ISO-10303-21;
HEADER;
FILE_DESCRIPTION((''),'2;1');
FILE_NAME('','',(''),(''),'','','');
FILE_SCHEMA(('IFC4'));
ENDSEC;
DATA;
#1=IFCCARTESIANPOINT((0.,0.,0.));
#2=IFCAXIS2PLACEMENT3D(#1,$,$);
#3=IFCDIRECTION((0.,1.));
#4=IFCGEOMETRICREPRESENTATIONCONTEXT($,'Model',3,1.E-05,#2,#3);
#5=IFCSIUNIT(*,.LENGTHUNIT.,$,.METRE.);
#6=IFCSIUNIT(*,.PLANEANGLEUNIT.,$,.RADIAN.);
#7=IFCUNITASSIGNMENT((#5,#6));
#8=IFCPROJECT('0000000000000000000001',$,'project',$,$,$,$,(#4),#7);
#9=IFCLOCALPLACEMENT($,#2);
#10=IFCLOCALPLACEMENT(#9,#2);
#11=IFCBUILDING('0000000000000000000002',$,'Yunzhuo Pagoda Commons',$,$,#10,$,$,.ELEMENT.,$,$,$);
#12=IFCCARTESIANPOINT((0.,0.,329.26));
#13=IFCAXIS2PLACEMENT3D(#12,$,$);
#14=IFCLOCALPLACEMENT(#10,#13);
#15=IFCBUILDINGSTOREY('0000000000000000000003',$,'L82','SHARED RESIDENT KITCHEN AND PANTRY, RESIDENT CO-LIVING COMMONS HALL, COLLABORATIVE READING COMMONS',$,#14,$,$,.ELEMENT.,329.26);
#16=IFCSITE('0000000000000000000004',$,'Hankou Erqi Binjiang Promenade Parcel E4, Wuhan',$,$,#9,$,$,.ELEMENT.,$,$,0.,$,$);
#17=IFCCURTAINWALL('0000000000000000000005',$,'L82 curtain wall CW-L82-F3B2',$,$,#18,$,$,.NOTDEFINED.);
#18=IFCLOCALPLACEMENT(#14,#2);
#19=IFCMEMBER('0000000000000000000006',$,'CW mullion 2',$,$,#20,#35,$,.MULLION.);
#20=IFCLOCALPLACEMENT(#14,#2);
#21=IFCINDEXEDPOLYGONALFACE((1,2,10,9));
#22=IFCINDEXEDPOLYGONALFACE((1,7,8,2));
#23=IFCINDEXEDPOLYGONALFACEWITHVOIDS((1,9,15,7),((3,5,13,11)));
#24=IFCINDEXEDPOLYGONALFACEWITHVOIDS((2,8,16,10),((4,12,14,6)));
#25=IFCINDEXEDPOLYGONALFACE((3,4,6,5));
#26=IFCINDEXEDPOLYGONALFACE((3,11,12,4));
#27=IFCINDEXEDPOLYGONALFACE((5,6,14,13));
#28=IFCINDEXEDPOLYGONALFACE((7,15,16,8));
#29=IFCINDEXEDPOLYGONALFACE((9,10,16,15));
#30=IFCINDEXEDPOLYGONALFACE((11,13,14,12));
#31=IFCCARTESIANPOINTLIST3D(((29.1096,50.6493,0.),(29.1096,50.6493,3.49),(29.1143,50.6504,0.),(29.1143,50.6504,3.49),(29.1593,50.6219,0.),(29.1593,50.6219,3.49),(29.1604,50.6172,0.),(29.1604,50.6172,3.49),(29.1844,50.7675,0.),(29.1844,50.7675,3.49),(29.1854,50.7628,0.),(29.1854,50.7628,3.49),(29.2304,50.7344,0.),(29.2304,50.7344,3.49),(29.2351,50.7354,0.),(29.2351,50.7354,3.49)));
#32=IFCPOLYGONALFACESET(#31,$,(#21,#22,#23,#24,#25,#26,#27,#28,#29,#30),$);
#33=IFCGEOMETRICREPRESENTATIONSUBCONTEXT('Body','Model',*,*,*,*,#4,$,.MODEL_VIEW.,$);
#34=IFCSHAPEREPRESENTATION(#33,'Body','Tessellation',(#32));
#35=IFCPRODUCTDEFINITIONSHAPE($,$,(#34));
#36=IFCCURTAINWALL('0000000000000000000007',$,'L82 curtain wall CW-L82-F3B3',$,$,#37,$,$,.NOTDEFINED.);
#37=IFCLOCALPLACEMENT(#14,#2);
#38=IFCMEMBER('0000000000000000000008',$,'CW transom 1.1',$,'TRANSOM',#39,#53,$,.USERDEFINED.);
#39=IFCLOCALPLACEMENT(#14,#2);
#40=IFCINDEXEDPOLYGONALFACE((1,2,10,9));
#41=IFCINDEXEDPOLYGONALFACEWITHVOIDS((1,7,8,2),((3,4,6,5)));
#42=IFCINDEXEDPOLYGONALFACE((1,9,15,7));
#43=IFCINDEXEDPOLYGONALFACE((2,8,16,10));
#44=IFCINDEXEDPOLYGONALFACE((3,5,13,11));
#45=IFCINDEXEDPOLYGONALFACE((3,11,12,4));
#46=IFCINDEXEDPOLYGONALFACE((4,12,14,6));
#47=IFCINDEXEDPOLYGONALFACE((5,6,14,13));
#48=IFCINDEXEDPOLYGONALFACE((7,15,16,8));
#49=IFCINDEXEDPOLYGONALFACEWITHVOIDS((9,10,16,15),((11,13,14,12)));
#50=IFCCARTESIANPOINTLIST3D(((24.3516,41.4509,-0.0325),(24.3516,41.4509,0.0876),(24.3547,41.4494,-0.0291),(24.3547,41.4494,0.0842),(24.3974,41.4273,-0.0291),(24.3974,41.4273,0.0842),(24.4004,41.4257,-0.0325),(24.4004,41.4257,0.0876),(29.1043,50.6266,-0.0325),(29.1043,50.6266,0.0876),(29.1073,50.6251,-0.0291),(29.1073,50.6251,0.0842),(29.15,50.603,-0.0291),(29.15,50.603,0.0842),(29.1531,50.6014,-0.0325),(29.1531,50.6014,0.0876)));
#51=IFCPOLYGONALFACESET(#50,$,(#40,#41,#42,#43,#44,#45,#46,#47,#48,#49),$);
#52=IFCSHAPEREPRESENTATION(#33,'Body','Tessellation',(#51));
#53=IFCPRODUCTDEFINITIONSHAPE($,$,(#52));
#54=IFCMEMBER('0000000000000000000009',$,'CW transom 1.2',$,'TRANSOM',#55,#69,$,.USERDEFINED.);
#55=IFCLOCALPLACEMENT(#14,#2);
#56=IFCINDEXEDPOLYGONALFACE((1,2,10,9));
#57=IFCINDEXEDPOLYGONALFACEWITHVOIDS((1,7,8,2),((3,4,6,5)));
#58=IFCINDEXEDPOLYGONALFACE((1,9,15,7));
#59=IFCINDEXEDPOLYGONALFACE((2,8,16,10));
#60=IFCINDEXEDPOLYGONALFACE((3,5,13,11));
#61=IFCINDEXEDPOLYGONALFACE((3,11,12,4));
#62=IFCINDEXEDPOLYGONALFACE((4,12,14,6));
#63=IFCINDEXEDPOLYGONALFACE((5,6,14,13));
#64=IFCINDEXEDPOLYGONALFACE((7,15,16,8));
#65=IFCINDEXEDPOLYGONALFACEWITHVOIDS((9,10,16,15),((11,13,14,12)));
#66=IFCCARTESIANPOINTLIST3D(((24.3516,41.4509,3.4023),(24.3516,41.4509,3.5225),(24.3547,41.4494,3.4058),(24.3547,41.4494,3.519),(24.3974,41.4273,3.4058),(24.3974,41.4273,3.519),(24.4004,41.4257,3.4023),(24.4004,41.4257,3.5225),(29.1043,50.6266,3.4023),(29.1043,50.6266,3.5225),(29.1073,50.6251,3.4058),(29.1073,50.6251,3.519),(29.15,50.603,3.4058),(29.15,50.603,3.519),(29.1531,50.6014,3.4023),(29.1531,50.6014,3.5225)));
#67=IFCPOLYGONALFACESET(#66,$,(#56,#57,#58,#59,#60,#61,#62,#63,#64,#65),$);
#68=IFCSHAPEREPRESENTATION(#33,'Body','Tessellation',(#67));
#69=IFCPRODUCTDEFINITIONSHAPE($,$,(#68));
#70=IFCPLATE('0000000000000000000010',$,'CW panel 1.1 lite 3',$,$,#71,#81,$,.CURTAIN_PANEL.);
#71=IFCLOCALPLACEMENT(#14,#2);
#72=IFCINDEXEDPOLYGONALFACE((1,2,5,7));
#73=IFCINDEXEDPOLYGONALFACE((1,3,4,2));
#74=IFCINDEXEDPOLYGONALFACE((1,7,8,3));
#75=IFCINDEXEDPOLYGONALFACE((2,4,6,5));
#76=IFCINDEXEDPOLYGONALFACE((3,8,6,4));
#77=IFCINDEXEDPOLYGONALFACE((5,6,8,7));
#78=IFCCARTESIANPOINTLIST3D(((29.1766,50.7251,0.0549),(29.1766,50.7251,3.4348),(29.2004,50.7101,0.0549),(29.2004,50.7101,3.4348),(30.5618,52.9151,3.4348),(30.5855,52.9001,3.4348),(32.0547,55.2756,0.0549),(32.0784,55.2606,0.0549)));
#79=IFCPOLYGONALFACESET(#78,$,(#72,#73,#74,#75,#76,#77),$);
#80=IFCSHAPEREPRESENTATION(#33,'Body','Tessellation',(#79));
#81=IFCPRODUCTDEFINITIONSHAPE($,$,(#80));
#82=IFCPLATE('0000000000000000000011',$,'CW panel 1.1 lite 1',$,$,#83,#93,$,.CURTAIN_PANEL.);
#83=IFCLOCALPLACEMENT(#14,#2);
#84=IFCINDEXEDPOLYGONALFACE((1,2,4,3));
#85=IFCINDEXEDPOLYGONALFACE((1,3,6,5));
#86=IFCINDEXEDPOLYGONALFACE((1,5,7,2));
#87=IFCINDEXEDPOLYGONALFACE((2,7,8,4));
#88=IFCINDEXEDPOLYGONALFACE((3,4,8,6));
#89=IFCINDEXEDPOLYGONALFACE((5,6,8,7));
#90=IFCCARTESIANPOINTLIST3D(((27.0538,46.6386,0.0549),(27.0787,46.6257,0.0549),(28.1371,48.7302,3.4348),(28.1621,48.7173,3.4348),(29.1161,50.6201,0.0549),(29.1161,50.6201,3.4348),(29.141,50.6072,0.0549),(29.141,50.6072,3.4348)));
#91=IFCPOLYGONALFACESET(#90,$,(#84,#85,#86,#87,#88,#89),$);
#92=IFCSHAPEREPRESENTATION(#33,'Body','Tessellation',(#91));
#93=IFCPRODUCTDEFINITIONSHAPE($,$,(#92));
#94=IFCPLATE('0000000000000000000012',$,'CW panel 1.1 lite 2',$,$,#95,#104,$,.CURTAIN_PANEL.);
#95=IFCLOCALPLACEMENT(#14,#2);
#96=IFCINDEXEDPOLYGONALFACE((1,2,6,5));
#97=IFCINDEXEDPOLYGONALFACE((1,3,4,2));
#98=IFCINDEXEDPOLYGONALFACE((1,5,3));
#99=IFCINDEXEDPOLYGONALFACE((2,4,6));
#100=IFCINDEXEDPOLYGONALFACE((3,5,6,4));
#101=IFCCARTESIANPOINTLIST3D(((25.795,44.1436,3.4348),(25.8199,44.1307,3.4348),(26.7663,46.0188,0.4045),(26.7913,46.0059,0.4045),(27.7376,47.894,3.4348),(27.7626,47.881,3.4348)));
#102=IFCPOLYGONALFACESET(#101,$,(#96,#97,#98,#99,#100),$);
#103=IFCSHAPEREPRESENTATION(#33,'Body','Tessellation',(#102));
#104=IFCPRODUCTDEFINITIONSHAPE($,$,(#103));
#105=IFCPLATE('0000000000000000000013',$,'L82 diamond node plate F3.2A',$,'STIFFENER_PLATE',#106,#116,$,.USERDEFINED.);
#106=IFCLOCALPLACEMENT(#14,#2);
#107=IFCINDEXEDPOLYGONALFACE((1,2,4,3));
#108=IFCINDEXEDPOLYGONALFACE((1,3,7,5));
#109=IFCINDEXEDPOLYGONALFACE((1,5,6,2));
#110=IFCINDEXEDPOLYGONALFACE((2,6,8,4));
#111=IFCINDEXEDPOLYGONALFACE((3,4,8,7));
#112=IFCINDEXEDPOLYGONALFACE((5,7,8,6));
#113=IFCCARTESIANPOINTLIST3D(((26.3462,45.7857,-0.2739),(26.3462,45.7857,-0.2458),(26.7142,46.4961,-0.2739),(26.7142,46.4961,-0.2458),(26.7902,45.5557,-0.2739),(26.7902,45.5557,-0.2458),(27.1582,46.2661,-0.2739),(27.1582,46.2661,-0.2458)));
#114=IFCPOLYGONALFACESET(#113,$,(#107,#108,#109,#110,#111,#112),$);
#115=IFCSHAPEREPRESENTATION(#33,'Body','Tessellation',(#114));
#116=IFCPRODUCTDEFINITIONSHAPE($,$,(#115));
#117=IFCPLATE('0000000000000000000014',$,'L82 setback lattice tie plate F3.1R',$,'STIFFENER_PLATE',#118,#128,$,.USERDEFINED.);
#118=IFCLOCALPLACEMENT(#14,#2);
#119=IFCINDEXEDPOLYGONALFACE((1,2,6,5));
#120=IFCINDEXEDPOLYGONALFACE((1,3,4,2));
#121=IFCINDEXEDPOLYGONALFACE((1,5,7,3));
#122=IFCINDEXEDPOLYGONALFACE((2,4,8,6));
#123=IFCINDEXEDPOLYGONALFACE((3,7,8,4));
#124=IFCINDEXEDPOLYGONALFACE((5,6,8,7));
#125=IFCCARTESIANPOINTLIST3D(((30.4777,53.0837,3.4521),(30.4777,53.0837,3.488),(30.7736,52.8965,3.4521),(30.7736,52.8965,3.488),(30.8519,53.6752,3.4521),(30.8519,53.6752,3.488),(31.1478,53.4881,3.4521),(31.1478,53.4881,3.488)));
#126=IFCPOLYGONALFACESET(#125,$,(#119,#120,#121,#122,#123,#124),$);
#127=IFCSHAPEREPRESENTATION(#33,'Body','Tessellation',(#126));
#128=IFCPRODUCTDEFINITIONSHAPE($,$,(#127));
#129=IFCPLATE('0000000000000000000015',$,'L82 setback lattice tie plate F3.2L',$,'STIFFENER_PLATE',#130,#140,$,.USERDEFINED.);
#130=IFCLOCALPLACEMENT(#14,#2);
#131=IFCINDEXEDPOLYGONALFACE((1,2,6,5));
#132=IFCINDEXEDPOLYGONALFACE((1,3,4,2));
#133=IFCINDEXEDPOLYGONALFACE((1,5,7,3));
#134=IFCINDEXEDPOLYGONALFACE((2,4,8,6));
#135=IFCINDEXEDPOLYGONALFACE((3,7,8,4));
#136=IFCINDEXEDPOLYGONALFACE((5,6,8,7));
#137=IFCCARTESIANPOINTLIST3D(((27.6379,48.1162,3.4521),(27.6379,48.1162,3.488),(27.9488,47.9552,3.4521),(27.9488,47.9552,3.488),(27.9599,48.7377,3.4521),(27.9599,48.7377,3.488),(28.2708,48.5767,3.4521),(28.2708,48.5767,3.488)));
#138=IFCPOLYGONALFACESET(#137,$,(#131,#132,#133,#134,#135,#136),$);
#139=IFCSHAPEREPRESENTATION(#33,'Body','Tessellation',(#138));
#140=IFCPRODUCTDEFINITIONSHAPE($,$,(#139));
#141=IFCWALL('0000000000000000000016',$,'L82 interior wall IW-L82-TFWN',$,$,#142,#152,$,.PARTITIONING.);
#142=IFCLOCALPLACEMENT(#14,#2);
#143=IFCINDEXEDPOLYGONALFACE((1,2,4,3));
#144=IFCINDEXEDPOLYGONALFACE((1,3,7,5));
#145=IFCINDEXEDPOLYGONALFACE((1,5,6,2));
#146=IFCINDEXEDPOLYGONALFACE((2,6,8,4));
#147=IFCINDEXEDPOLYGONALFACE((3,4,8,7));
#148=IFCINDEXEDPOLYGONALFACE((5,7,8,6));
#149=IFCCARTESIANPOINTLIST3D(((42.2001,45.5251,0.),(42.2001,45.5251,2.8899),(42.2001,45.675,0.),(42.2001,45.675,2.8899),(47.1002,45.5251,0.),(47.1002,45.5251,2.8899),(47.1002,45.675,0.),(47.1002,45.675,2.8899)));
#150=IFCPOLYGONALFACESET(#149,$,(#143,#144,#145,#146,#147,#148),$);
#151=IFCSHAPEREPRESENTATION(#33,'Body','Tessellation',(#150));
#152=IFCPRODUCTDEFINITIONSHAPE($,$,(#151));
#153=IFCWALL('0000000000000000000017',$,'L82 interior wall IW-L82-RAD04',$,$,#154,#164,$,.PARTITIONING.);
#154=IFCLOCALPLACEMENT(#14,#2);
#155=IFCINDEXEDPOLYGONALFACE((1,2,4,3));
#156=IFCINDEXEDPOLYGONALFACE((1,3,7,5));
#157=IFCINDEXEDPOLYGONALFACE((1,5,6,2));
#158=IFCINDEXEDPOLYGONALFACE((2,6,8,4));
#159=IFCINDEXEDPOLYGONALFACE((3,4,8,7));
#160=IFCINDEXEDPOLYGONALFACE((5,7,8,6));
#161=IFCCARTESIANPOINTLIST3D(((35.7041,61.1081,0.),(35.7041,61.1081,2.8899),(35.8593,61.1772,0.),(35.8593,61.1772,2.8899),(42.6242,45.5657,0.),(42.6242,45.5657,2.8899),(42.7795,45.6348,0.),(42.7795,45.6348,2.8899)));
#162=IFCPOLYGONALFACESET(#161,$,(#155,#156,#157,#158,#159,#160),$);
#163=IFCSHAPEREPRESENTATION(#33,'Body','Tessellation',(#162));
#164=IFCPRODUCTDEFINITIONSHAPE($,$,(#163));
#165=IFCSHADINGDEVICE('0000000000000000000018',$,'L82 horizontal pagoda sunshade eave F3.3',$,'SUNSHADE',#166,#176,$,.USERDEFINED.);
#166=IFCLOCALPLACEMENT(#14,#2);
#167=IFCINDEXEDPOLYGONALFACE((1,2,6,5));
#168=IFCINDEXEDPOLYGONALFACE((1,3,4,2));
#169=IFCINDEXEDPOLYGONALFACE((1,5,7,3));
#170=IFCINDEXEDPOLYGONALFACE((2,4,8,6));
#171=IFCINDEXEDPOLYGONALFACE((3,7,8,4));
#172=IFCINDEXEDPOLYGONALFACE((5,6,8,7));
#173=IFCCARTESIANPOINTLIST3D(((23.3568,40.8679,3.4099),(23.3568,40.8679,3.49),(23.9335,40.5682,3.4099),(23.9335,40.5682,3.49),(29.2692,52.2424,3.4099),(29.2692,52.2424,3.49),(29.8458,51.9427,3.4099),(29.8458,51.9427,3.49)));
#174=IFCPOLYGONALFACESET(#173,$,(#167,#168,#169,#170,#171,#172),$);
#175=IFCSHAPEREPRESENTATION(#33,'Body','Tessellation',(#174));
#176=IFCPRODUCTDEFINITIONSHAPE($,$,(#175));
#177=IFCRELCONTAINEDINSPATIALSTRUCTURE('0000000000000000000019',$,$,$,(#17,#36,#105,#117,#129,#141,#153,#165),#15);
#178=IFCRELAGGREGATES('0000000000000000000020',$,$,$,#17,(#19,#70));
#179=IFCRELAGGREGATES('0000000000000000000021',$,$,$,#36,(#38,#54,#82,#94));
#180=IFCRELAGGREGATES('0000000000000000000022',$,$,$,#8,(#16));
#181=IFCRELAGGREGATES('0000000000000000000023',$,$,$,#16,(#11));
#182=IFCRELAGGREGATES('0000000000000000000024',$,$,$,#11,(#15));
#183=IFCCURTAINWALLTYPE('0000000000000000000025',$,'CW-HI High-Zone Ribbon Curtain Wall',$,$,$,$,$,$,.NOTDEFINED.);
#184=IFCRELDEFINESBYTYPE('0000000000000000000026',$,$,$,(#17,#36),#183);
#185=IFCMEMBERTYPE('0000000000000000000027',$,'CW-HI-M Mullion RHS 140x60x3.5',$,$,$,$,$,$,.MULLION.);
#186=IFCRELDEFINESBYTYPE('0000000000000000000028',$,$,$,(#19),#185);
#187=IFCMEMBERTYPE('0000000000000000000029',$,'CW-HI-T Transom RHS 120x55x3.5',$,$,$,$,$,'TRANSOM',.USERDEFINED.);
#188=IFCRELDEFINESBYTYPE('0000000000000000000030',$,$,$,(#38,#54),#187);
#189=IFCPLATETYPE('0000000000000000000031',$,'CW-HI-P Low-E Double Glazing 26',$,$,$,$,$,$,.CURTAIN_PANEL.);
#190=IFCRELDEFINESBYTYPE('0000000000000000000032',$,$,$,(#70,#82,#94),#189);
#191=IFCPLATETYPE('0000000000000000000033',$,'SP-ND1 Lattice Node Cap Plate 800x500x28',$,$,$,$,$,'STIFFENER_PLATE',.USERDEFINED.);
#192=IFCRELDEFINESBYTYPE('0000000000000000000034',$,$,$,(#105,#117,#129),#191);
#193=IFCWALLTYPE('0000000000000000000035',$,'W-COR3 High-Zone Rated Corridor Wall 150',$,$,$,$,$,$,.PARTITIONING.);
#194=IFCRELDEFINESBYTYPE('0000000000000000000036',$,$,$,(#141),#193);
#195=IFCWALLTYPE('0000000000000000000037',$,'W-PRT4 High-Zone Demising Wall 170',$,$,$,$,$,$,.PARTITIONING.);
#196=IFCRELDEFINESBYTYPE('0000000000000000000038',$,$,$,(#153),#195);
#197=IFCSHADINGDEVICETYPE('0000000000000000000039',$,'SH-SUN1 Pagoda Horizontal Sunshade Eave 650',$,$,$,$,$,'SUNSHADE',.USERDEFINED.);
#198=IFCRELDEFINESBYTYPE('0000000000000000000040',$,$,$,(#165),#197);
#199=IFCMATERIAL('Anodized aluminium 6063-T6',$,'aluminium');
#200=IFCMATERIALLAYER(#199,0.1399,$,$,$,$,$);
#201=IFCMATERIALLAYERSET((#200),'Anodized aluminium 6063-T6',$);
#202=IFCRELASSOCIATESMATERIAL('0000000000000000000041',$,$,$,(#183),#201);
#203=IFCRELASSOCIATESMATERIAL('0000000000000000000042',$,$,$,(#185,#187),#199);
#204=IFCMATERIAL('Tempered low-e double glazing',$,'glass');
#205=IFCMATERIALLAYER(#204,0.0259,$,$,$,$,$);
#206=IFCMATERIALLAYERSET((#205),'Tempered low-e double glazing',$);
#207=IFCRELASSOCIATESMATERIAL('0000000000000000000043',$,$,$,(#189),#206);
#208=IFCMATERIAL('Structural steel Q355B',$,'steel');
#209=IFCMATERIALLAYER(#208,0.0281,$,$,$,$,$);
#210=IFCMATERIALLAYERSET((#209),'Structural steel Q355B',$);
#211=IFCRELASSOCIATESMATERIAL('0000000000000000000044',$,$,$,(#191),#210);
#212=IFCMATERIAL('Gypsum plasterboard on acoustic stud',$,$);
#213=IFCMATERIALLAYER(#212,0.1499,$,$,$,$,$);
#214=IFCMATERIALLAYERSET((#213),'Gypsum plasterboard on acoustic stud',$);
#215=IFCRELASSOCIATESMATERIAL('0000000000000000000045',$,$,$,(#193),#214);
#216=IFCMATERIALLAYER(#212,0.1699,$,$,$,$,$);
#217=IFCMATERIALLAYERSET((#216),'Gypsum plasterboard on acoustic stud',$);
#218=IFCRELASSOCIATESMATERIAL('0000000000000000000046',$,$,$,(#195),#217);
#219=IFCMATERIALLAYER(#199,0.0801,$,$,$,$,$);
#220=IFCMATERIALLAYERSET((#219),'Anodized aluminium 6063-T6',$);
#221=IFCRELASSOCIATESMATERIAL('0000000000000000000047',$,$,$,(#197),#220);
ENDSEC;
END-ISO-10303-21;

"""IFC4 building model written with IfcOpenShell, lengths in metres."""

from ifc_helpers import new_model, si_unit, direction, frame, frame_2d, origin, origin_2d, place, context, subcontext, project, spatial, polyline, rectangle, hollow_rectangle, outline, extrude, source, transform, mapped, material, layer, layer_set, material_profile, profile_set, type_object, element, aggregate, save


model = new_model("IFC4")

# Units and contexts
model_context = context("Model", 3, precision=1e-05, world=origin(), true_north=direction((0.0, 1.0)))
body_context = subcontext(model_context, "Body", "Model", "MODEL_VIEW")
ifc_project = project(units=[si_unit("LENGTHUNIT", "METRE"), si_unit("PLANEANGLEUNIT", "RADIAN")], contexts=[model_context])

# Site, building, storey
site_placement = place(None, origin())
site = spatial("IfcSite", under=ifc_project, at=site_placement, Name="Hankou Erqi Binjiang Promenade Parcel E4, Wuhan", CompositionType="ELEMENT", RefElevation=0.0)
building_placement = place(site_placement, origin())
building = spatial("IfcBuilding", under=site, at=building_placement, Name="Yunzhuo Pagoda Commons", CompositionType="ELEMENT")
storey_placement = place(building_placement, frame((0.0, 0.0, 329.26)))
storey = spatial("IfcBuildingStorey", under=building, at=storey_placement, Name="L82", Description="SHARED RESIDENT KITCHEN AND PANTRY, RESIDENT CO-LIVING COMMONS HALL, COLLABORATIVE READING COMMONS", CompositionType="ELEMENT", Elevation=329.26)

# Shared definitions
ifc_material_1 = material(Name="Structural steel Q355B", Category="steel")

# Curtain wall, member
ifc_material_2 = material(Name="Anodized aluminium 6063-T6", Category="aluminium")
ifc_layer_1 = layer(ifc_material_2, 0.1399)
ifc_layer_set_1 = layer_set([ifc_layer_1], Name="Anodized aluminium 6063-T6")
curtain_wall_type = type_object("IfcCurtainWallType", Name="CW-HI High-Zone Ribbon Curtain Wall", PredefinedType="NOTDEFINED", material=ifc_layer_set_1)
curtain_wall_1_placement = place(storey_placement, origin())
curtain_wall_1 = element("IfcCurtainWall", 1, at=curtain_wall_1_placement, inside=storey, type_object=curtain_wall_type, Name="L82 curtain wall CW-L82-F3B2", PredefinedType="NOTDEFINED")
ifc_material_profile_1 = material_profile(ifc_material_2, hollow_rectangle(XDim=0.0601, YDim=0.1399, WallThickness=0.0034, at=origin_2d()), Name="Anodized aluminium 6063-T6")
ifc_profile_set_1 = profile_set([ifc_material_profile_1], Name="Anodized aluminium 6063-T6")
member_type_1 = type_object("IfcMemberType", Name="CW-HI-M Mullion RHS 140x60x3.5", PredefinedType="MULLION", material=ifc_profile_set_1)
shared_shape_1 = source(origin(), body_context, "Body", "SweptSolid", [
    extrude(hollow_rectangle(XDim=0.0601, YDim=0.1399, WallThickness=0.0034, at=origin_2d()), origin(), (0.0, 0.0, 1.0), 3.49),
])
member_1_placement = place(storey_placement, frame((29.1724, 50.6924, 0.0), z_axis=(0.0, 0.0, 1.0), x_axis=(0.845149, -0.534531, 0.0)))
member_1 = element("IfcMember", 2, at=member_1_placement, type_object=member_type_1, Name="CW mullion 2", PredefinedType="MULLION", context=body_context, shape_type="MappedRepresentation", body=[
    mapped(shared_shape_1, transform((0.0, 0.0, 0.0), scale=1.0)),
])

# Curtain wall, members
curtain_wall_2_placement = place(storey_placement, origin())
curtain_wall_2 = element("IfcCurtainWall", 3, at=curtain_wall_2_placement, inside=storey, type_object=curtain_wall_type, Name="L82 curtain wall CW-L82-F3B3", PredefinedType="NOTDEFINED")
ifc_material_profile_2 = material_profile(ifc_material_2, hollow_rectangle(XDim=0.0549, YDim=0.1201, WallThickness=0.0034, at=origin_2d()), Name="Anodized aluminium 6063-T6")
ifc_profile_set_2 = profile_set([ifc_material_profile_2], Name="Anodized aluminium 6063-T6")
member_type_2 = type_object("IfcMemberType", Name="CW-HI-T Transom RHS 120x55x3.5", ElementType="TRANSOM", PredefinedType="USERDEFINED", material=ifc_profile_set_2)
shared_shape_2 = source(origin(), body_context, "Body", "SweptSolid", [
    extrude(hollow_rectangle(XDim=0.0549, YDim=0.1201, WallThickness=0.0034, at=origin_2d()), origin(), (0.0, 0.0, 1.0), 10.3335),
])
member_2_placement = place(storey_placement, frame((29.1287, 50.614, 0.0276), z_axis=(-0.459926, -0.887957, 0.0), x_axis=(0.887957, -0.459926, 0.0)))
member_2 = element("IfcMember", 4, at=member_2_placement, type_object=member_type_2, Name="CW transom 1.1", ObjectType="TRANSOM", PredefinedType="USERDEFINED", context=body_context, shape_type="MappedRepresentation", body=[
    mapped(shared_shape_2, transform((0.0, 0.0, 0.0), scale=1.0)),
])
member_3_placement = place(storey_placement, frame((29.1287, 50.614, 3.4624), z_axis=(-0.459926, -0.887957, 0.0), x_axis=(0.887957, -0.459926, 0.0)))
member_3 = element("IfcMember", 5, at=member_3_placement, type_object=member_type_2, Name="CW transom 1.2", ObjectType="TRANSOM", PredefinedType="USERDEFINED", context=body_context, shape_type="MappedRepresentation", body=[
    mapped(shared_shape_2, transform((0.0, 0.0, 0.0), scale=1.0)),
])

# Plates
ifc_material_3 = material(Name="Tempered low-e double glazing", Category="glass")
ifc_layer_2 = layer(ifc_material_3, 0.0259)
ifc_layer_set_2 = layer_set([ifc_layer_2], Name="Tempered low-e double glazing")
plate_type_1 = type_object("IfcPlateType", Name="CW-HI-P Low-E Double Glazing 26", PredefinedType="CURTAIN_PANEL", material=ifc_layer_set_2)
plate_1_placement = place(storey_placement, frame((30.6394, 52.9854, 1.7449), z_axis=(-0.845149, 0.534531, 0.0), x_axis=(-0.534531, -0.845149, 0.0)))
plate_1 = element("IfcPlate", 6, at=plate_1_placement, type_object=plate_type_1, Name="CW panel 1.1 lite 3", PredefinedType="CURTAIN_PANEL", context=body_context, shape_type="SweptSolid", body=[
    extrude(outline(polyline([(-2.6921, -1.6899), (2.6921, -1.6899), (2.6921, 1.6899), (0.1008, 1.6899), (-2.6921, -1.6899)])), origin(), (0.0, 0.0, 1.0), 0.0281),
])
aggregate(curtain_wall_1, [member_1, plate_1])
plate_2_placement = place(storey_placement, frame((28.1099, 48.6165, 1.7449), z_axis=(-0.887948, 0.459945, 0.0), x_axis=(-0.459945, -0.887948, 0.0)))
plate_2 = element("IfcPlate", 7, at=plate_2_placement, type_object=plate_type_1, Name="CW panel 1.1 lite 1", PredefinedType="CURTAIN_PANEL", context=body_context, shape_type="SweptSolid", body=[
    extrude(outline(polyline([(-2.2419, -1.6899), (2.2419, -1.6899), (-0.1135, 1.6899), (-2.2419, 1.6899), (-2.2419, -1.6899)])), origin(), (0.0, 0.0, 1.0), 0.0281),
])
plate_3_placement = place(storey_placement, frame((26.7913, 46.0059, 1.9197), z_axis=(-0.887948, 0.459945, 0.0), x_axis=(-0.459945, -0.887948, 0.0)))
plate_3 = element("IfcPlate", 8, at=plate_3_placement, type_object=plate_type_1, Name="CW panel 1.1 lite 2", PredefinedType="CURTAIN_PANEL", context=body_context, shape_type="SweptSolid", body=[
    extrude(outline(polyline([(-2.1118, 1.5151), (0.0, -1.5151), (2.1118, 1.5151), (-2.1118, 1.5151)])), origin(), (0.0, 0.0, 1.0), 0.0281),
])
aggregate(curtain_wall_2, [member_2, member_3, plate_2, plate_3])

# Plates
ifc_layer_3 = layer(ifc_material_1, 0.0281)
ifc_layer_set_3 = layer_set([ifc_layer_3], Name="Structural steel Q355B")
plate_type_2 = type_object("IfcPlateType", Name="SP-ND1 Lattice Node Cap Plate 800x500x28", ElementType="STIFFENER_PLATE", PredefinedType="USERDEFINED", material=ifc_layer_set_3)
shared_shape_3 = source(origin(), body_context, "Body", "SweptSolid", [
    extrude(rectangle(XDim=0.8, YDim=0.5, at=origin_2d()), origin(), (0.0, 0.0, 1.0), 0.0281),
])
plate_4_placement = place(storey_placement, frame((26.7522, 46.0259, -0.2739), z_axis=(0.0, 0.0, 1.0), x_axis=(-0.459952, -0.887944, 0.0)))
element("IfcPlate", 9, at=plate_4_placement, inside=storey, type_object=plate_type_2, Name="L82 diamond node plate F3.2A", ObjectType="STIFFENER_PLATE", PredefinedType="USERDEFINED", context=body_context, shape_type="MappedRepresentation", body=[
    mapped(shared_shape_3, transform((0.0, 0.0, 0.0), scale=1.0)),
])
shared_shape_4 = source(origin(), body_context, "Body", "SweptSolid", [
    extrude(rectangle(XDim=0.7, YDim=0.3501, at=origin_2d()), origin(), (0.0, 0.0, 1.0), 0.0359),
])
for number, where, z_axis, x_axis, name in (
    (10, (30.8127, 53.2859, 3.4521), (0.0, 0.0, 1.0), (-0.534529, -0.84515, 0.0), "L82 setback lattice tie plate F3.1R"),
    (11, (27.9543, 48.3464, 3.4521), (0.0, 0.0, 1.0), (-0.459952, -0.887944, 0.0), "L82 setback lattice tie plate F3.2L"),
):
    element("IfcPlate", number, at=place(storey_placement, frame(where, z_axis=z_axis, x_axis=x_axis)), inside=storey, type_object=plate_type_2, Name=name, ObjectType="STIFFENER_PLATE", PredefinedType="USERDEFINED", context=body_context, shape_type="MappedRepresentation", body=[
        mapped(shared_shape_4, transform((0.0, 0.0, 0.0), scale=1.0)),
    ])

# Walls
ifc_material_4 = material(Name="Gypsum plasterboard on acoustic stud")
ifc_layer_4 = layer(ifc_material_4, 0.1499)
ifc_layer_set_4 = layer_set([ifc_layer_4], Name="Gypsum plasterboard on acoustic stud")
wall_type_1 = type_object("IfcWallType", Name="W-COR3 High-Zone Rated Corridor Wall 150", PredefinedType="PARTITIONING", material=ifc_layer_set_4)
wall_1_placement = place(storey_placement, frame((42.2, 45.6001, 0.0), z_axis=(0.0, 0.0, 1.0), x_axis=(1.0, 0.0, 0.0)))
element("IfcWall", 12, at=wall_1_placement, inside=storey, type_object=wall_type_1, Name="L82 interior wall IW-L82-TFWN", PredefinedType="PARTITIONING", context=body_context, shape_type="SweptSolid", body=[
    extrude(rectangle(XDim=4.9001, YDim=0.1499, at=frame_2d((2.4502, 0.0))), origin(), (0.0, 0.0, 1.0), 2.8899),
])
ifc_layer_5 = layer(ifc_material_4, 0.1699)
ifc_layer_set_5 = layer_set([ifc_layer_5], Name="Gypsum plasterboard on acoustic stud")
wall_type_2 = type_object("IfcWallType", Name="W-PRT4 High-Zone Demising Wall 170", PredefinedType="PARTITIONING", material=ifc_layer_set_5)
wall_2_placement = place(storey_placement, frame((42.7019, 45.6001, 0.0), z_axis=(0.0, 0.0, 1.0), x_axis=(-0.406747, 0.913541, 0.0)))
element("IfcWall", 13, at=wall_2_placement, inside=storey, type_object=wall_type_2, Name="L82 interior wall IW-L82-RAD04", PredefinedType="PARTITIONING", context=body_context, shape_type="SweptSolid", body=[
    extrude(rectangle(XDim=17.0134, YDim=0.1699, at=frame_2d((8.5068, 0.0))), origin(), (0.0, 0.0, 1.0), 2.8899),
])

# Shading device
ifc_layer_6 = layer(ifc_material_2, 0.0801)
ifc_layer_set_6 = layer_set([ifc_layer_6], Name="Anodized aluminium 6063-T6")
shading_device_type = type_object("IfcShadingDeviceType", Name="SH-SUN1 Pagoda Horizontal Sunshade Eave 650", ElementType="SUNSHADE", PredefinedType="USERDEFINED", material=ifc_layer_set_6)
shared_shape_5 = source(origin(), body_context, "Body", "SweptSolid", [
    extrude(rectangle(XDim=12.8193, YDim=0.6499, at=origin_2d()), origin(), (0.0, 0.0, 1.0), 0.0801),
])
shading_device_placement = place(storey_placement, frame((26.6013, 46.4053, 3.4099), z_axis=(0.0, 0.0, 1.0), x_axis=(-0.461207, -0.887293, 0.0)))
element("IfcShadingDevice", 14, at=shading_device_placement, inside=storey, type_object=shading_device_type, Name="L82 horizontal pagoda sunshade eave F3.3", ObjectType="SUNSHADE", PredefinedType="USERDEFINED", context=body_context, shape_type="MappedRepresentation", body=[
    mapped(shared_shape_5, transform((0.0, 0.0, 0.0), scale=1.0)),
])

save(model, "model.ifc")
